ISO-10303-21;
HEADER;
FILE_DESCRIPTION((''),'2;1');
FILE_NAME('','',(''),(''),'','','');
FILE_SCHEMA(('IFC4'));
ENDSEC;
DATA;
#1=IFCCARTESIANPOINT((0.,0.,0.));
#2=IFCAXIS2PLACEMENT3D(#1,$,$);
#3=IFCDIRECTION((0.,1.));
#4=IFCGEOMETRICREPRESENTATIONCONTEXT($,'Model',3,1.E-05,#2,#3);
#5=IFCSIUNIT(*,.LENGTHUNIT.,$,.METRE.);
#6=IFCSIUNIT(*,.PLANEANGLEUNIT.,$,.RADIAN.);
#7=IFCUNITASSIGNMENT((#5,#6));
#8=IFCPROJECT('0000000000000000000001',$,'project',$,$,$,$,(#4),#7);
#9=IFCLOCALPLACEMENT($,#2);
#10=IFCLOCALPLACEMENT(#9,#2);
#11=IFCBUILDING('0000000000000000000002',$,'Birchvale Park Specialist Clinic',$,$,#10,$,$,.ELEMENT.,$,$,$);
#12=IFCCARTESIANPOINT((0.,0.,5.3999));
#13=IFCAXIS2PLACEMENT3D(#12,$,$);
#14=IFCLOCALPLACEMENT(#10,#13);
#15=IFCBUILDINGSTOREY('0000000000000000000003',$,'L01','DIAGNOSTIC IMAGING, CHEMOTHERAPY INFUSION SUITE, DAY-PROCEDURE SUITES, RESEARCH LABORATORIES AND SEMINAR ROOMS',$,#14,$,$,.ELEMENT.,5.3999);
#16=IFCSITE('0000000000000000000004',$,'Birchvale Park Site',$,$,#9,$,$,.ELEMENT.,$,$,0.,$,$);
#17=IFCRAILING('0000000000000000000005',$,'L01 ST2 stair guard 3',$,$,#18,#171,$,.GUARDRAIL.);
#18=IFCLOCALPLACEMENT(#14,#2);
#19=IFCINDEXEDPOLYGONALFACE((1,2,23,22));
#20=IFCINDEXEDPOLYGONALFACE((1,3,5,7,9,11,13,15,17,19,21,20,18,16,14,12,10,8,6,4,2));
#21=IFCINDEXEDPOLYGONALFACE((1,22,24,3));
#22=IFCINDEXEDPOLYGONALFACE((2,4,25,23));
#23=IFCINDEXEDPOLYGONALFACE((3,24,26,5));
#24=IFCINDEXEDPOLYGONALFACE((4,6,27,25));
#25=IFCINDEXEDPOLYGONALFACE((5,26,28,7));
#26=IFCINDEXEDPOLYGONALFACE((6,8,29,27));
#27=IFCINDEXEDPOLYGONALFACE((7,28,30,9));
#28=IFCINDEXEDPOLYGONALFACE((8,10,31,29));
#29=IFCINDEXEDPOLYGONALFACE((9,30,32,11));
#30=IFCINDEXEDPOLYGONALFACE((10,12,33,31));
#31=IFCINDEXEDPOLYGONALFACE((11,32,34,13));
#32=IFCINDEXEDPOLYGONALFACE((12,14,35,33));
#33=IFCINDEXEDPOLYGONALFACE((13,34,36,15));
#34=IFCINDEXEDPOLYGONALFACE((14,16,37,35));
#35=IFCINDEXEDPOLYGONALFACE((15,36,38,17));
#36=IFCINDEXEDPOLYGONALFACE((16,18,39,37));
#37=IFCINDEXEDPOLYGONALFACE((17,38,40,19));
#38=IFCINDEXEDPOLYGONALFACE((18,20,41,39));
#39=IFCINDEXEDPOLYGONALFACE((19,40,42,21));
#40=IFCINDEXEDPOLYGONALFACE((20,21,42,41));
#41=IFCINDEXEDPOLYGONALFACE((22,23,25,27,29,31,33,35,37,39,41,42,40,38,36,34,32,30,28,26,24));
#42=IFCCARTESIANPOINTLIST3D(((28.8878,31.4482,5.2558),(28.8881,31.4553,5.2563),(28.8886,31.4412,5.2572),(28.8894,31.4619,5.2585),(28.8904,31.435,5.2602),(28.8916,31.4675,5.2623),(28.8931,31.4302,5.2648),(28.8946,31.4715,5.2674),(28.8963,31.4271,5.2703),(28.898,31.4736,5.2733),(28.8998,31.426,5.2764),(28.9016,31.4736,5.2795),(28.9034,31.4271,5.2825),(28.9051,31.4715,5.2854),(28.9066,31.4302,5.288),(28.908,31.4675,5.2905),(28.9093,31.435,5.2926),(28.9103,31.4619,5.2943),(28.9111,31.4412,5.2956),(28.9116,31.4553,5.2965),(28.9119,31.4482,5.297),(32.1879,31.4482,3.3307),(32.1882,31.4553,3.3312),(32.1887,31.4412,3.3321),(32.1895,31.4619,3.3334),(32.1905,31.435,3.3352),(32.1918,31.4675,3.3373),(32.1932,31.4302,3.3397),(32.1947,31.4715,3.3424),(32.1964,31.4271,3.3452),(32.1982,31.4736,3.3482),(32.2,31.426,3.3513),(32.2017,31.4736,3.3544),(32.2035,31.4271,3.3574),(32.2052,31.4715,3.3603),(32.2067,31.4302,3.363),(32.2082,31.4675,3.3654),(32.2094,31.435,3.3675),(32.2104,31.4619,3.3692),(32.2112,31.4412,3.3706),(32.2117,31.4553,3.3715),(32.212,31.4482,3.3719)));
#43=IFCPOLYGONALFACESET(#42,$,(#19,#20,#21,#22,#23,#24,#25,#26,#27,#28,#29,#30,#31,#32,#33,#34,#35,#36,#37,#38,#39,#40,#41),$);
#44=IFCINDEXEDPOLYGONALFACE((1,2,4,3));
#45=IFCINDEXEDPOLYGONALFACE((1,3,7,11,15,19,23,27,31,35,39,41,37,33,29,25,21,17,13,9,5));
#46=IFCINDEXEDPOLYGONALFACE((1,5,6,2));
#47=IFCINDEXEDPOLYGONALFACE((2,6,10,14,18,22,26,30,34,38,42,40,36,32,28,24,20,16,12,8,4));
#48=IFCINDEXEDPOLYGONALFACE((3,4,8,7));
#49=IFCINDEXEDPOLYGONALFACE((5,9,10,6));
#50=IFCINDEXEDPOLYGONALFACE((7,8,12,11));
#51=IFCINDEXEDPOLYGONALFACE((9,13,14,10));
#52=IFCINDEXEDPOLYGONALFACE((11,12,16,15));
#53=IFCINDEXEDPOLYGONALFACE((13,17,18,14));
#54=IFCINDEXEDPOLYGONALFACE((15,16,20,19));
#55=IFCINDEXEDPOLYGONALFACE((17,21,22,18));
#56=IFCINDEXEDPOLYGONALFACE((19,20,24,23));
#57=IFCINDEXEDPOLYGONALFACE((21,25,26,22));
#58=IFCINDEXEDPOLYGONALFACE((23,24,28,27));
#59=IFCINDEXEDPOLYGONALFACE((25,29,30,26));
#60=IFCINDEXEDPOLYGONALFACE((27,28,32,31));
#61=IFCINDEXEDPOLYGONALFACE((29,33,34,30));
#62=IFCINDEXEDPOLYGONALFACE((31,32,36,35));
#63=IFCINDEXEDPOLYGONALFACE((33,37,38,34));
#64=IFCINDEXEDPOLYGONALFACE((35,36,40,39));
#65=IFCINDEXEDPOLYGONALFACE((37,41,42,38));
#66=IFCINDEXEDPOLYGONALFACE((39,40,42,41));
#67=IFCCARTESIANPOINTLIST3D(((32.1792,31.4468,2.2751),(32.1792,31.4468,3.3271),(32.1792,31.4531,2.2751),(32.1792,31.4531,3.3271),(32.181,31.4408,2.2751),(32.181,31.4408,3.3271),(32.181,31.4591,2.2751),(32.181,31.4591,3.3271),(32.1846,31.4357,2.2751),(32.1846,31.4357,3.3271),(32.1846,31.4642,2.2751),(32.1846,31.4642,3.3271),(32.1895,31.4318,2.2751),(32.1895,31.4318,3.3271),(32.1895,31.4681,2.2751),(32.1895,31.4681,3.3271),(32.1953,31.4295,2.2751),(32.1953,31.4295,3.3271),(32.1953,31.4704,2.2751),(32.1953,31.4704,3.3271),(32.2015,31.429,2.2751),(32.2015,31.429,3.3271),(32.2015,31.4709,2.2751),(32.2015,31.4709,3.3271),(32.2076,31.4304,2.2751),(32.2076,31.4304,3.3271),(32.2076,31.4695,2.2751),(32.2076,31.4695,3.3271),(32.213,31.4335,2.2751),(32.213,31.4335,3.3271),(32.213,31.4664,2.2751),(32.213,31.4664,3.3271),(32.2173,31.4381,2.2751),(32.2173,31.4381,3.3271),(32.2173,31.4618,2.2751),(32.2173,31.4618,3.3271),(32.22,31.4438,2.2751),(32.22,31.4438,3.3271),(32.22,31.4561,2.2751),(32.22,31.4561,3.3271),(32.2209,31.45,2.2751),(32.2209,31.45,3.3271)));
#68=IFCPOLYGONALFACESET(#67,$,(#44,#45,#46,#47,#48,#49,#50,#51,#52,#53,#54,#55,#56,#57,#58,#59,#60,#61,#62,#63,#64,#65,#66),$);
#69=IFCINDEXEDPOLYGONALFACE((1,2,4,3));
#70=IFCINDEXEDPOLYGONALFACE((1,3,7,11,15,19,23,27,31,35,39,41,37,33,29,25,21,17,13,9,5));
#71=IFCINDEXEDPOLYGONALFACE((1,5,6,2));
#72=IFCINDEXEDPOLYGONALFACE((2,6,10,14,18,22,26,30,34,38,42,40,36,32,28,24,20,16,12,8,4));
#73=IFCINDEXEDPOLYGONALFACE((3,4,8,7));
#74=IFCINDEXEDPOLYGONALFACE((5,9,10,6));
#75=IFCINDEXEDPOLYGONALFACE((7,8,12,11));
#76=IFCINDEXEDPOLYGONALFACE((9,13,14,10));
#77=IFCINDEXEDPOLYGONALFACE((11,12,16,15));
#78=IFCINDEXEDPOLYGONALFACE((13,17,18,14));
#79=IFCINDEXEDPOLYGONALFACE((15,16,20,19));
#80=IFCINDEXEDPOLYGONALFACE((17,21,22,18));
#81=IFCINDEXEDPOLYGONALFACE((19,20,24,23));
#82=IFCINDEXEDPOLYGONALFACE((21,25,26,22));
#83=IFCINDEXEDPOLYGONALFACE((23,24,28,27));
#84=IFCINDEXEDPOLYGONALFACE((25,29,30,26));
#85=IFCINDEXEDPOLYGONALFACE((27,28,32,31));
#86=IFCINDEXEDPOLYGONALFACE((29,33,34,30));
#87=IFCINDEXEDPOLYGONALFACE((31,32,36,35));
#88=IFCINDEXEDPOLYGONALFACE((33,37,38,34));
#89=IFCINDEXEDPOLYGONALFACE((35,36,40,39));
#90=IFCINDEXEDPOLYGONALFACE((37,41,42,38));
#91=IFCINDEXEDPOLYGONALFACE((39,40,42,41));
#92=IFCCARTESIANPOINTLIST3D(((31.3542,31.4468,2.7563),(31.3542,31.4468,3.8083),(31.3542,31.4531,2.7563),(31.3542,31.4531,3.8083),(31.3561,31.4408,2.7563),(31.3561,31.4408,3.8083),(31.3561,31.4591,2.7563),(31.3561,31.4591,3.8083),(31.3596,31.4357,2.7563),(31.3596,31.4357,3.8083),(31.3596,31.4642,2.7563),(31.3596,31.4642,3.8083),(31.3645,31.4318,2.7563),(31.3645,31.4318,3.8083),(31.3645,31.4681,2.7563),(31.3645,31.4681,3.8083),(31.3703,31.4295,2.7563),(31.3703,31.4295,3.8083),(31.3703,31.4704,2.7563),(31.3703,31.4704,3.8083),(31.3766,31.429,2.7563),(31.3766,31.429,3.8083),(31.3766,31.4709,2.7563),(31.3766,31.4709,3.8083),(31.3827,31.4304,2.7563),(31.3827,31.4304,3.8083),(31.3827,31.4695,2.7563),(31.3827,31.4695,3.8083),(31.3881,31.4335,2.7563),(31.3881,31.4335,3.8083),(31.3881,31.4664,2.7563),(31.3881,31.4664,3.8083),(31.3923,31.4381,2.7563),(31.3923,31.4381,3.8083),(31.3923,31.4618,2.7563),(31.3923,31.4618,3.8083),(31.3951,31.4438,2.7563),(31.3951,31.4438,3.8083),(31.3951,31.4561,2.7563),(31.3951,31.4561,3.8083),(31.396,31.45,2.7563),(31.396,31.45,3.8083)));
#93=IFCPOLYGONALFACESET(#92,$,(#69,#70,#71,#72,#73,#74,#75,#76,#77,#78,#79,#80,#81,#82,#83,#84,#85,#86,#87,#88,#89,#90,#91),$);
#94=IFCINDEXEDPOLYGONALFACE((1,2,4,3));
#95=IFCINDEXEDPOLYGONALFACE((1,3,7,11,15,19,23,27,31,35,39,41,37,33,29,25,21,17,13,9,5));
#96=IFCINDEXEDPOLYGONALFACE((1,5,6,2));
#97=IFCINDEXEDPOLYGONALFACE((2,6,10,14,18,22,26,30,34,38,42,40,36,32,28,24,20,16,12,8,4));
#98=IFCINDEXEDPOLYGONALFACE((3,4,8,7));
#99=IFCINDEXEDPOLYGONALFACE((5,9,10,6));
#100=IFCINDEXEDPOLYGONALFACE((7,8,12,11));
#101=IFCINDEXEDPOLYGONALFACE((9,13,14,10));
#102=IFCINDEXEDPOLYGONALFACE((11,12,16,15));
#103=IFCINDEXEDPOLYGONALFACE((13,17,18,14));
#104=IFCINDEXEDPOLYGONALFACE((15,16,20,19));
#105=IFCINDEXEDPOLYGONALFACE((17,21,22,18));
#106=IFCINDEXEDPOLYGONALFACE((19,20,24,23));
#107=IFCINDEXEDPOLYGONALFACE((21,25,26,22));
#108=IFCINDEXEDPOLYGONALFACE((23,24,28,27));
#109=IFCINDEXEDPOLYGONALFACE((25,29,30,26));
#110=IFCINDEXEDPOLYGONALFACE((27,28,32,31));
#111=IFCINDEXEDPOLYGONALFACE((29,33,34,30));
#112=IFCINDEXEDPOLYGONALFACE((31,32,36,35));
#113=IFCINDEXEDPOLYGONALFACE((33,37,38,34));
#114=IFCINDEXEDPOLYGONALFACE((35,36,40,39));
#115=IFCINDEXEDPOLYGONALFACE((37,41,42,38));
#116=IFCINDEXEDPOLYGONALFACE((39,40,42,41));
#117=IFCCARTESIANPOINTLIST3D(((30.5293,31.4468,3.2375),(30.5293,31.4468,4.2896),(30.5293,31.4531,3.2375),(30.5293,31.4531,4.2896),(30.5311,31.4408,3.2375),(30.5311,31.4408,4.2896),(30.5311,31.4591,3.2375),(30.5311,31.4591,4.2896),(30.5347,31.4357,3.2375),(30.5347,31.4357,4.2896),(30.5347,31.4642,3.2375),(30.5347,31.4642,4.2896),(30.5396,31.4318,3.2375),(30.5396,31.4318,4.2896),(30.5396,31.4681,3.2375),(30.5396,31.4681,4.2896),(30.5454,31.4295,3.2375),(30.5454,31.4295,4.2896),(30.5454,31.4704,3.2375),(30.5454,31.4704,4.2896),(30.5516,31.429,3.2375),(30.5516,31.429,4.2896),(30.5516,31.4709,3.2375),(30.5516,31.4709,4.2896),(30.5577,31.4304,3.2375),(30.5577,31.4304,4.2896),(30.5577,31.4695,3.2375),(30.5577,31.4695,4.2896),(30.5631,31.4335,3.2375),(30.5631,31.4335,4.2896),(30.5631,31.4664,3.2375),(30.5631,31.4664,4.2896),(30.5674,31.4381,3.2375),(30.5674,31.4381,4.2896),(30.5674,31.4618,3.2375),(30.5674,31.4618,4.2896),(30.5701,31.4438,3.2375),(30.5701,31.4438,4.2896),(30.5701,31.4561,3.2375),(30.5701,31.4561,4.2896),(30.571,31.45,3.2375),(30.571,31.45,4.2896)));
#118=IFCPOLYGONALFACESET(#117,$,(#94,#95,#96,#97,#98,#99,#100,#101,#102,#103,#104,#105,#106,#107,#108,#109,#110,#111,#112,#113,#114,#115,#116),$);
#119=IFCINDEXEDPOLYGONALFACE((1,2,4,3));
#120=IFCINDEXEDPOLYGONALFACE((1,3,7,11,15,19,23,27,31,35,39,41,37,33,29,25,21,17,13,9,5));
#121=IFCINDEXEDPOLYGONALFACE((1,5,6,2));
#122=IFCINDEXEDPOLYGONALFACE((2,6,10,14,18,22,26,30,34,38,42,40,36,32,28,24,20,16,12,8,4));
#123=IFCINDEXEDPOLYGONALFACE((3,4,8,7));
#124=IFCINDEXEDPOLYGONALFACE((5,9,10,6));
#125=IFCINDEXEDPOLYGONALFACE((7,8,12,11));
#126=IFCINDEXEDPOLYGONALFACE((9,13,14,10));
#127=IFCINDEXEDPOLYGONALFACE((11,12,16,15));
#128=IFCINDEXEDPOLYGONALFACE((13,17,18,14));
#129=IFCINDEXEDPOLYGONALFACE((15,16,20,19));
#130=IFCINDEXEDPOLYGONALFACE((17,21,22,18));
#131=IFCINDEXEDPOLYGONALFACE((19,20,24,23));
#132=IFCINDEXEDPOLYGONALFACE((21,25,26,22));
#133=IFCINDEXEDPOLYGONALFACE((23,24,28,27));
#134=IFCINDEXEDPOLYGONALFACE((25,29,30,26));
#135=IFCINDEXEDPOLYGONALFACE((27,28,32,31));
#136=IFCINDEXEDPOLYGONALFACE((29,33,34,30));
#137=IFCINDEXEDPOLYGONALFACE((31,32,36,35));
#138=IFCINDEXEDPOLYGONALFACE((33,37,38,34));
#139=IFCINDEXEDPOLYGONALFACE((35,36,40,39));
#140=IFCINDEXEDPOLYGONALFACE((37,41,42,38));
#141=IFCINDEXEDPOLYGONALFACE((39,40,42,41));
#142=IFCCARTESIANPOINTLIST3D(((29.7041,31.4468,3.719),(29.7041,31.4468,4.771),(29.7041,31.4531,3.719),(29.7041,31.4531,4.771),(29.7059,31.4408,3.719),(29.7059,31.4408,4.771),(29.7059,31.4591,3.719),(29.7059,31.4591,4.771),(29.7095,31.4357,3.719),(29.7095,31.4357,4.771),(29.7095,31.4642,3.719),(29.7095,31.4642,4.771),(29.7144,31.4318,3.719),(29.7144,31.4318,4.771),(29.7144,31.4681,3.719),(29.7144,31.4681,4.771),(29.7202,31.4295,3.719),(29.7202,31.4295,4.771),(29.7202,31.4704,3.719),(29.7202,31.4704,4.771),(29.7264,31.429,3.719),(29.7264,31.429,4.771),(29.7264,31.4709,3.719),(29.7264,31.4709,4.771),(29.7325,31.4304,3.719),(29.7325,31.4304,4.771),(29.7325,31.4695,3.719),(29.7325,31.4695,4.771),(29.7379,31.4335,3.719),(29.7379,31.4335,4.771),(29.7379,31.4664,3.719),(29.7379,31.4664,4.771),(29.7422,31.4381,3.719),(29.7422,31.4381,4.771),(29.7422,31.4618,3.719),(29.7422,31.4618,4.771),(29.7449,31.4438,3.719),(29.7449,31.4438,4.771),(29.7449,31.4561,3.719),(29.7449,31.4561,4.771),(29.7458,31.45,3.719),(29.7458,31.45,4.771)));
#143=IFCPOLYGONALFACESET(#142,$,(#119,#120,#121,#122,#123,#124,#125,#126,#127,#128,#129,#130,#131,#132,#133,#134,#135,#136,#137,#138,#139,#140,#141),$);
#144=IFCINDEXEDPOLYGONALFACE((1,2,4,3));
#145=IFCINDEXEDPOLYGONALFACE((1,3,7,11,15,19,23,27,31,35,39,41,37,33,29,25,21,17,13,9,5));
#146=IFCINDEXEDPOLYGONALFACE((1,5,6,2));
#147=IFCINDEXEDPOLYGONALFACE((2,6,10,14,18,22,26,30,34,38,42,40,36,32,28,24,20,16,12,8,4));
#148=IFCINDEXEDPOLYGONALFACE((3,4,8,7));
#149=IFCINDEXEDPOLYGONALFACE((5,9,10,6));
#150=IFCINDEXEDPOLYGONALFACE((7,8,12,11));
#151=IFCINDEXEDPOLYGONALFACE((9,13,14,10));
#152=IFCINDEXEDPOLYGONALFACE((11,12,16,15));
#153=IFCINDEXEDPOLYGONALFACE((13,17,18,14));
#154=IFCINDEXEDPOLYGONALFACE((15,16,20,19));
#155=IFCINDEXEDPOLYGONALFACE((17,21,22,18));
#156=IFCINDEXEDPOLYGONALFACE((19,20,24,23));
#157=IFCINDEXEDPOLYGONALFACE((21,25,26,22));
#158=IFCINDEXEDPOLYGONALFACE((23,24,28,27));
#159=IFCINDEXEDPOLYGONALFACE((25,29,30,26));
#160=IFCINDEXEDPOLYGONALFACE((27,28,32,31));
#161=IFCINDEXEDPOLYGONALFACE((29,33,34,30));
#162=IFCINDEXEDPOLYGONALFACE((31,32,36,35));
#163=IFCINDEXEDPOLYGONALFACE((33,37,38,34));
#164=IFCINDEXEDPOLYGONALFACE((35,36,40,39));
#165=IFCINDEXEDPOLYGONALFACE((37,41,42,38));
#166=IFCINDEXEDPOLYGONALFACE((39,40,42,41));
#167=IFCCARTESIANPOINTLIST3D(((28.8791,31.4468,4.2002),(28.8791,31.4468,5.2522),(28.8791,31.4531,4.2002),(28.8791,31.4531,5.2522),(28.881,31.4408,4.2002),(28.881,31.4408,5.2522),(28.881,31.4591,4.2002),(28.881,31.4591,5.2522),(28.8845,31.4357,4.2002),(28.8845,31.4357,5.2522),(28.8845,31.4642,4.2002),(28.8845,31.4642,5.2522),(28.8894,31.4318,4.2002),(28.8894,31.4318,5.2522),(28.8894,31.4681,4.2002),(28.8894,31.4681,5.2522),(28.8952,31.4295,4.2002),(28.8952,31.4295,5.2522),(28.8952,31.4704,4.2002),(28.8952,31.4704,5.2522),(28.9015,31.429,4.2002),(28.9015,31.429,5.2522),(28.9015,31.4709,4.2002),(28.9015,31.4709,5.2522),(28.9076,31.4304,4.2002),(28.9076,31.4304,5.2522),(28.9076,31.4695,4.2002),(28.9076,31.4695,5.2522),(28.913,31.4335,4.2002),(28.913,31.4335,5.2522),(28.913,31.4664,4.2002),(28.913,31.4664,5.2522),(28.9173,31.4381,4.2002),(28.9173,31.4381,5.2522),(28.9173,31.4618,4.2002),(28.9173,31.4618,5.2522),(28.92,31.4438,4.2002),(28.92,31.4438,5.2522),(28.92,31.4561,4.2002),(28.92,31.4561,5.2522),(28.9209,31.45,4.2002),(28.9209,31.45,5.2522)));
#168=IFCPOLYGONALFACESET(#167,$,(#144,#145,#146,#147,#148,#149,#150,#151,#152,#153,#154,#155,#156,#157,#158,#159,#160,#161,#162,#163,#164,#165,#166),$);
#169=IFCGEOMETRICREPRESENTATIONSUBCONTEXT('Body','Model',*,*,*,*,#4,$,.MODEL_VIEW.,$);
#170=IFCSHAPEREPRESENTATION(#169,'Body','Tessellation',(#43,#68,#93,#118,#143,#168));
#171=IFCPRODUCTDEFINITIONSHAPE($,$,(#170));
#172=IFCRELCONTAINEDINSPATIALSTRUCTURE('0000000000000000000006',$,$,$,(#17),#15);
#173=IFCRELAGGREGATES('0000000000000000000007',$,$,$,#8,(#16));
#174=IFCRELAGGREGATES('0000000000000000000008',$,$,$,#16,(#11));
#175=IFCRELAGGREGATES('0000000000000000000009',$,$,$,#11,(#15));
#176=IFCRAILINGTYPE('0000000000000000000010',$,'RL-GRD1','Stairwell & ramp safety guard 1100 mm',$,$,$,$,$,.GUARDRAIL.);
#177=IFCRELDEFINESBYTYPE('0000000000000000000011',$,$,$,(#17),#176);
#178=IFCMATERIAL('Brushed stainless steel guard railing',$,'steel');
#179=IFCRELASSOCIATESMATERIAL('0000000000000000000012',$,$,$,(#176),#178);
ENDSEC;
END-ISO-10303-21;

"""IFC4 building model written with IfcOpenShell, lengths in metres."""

from ifc_helpers import new_model, si_unit, direction, frame, origin, origin_2d, place, context, subcontext, project, spatial, circle, extrude, material, type_object, element, save


model = new_model("IFC4")

# Units and contexts
model_context = context("Model", 3, precision=1e-05, world=origin(), true_north=direction((0.0, 1.0)))
body_context = subcontext(model_context, "Body", "Model", "MODEL_VIEW")
ifc_project = project(units=[si_unit("LENGTHUNIT", "METRE"), si_unit("PLANEANGLEUNIT", "RADIAN")], contexts=[model_context])

# Site, building, storey
site_placement = place(None, origin())
site = spatial("IfcSite", under=ifc_project, at=site_placement, Name="Birchvale Park Site", CompositionType="ELEMENT", RefElevation=0.0)
building_placement = place(site_placement, origin())
building = spatial("IfcBuilding", under=site, at=building_placement, Name="Birchvale Park Specialist Clinic", CompositionType="ELEMENT")
storey_placement = place(building_placement, frame((0.0, 0.0, 5.3999)))
storey = spatial("IfcBuildingStorey", under=building, at=storey_placement, Name="L01", Description="DIAGNOSTIC IMAGING, CHEMOTHERAPY INFUSION SUITE, DAY-PROCEDURE SUITES, RESEARCH LABORATORIES AND SEMINAR ROOMS", CompositionType="ELEMENT", Elevation=5.3999)

# Railing
ifc_material_1 = material(Name="Brushed stainless steel guard railing", Category="steel")
railing_type_1 = type_object("IfcRailingType", Name="RL-GRD1", Description="Stairwell & ramp safety guard 1100 mm", PredefinedType="GUARDRAIL", material=ifc_material_1)
railing_1_placement = place(storey_placement, frame((32.2, 31.45, 2.2751)))
element("IfcRailing", 1, at=railing_1_placement, inside=storey, type_object=railing_type_1, Name="L01 ST2 stair guard 3", PredefinedType="GUARDRAIL", context=body_context, shape_type="SweptSolid", body=[
    extrude(circle(Radius=0.0239, at=origin_2d()), frame((0.0, 0.0, 1.0762), z_axis=(-0.863777, 0.0, 0.503875), x_axis=(0.0, -1.0, 0.0)), (0.0, 0.0, 1.0), 3.8206),
    extrude(circle(Radius=0.021, at=origin_2d()), origin(), (0.0, 0.0, 1.0), 1.052),
    extrude(circle(Radius=0.021, at=origin_2d()), frame((-0.825, 0.0, 0.4812)), (0.0, 0.0, 1.0), 1.052),
    extrude(circle(Radius=0.021, at=origin_2d()), frame((-1.6499, 0.0, 0.9624)), (0.0, 0.0, 1.0), 1.052),
    extrude(circle(Radius=0.021, at=origin_2d()), frame((-2.4751, 0.0, 1.4438)), (0.0, 0.0, 1.0), 1.052),
    extrude(circle(Radius=0.021, at=origin_2d()), frame((-3.3, 0.0, 1.925)), (0.0, 0.0, 1.0), 1.052),
])

save(model, "model.ifc")
